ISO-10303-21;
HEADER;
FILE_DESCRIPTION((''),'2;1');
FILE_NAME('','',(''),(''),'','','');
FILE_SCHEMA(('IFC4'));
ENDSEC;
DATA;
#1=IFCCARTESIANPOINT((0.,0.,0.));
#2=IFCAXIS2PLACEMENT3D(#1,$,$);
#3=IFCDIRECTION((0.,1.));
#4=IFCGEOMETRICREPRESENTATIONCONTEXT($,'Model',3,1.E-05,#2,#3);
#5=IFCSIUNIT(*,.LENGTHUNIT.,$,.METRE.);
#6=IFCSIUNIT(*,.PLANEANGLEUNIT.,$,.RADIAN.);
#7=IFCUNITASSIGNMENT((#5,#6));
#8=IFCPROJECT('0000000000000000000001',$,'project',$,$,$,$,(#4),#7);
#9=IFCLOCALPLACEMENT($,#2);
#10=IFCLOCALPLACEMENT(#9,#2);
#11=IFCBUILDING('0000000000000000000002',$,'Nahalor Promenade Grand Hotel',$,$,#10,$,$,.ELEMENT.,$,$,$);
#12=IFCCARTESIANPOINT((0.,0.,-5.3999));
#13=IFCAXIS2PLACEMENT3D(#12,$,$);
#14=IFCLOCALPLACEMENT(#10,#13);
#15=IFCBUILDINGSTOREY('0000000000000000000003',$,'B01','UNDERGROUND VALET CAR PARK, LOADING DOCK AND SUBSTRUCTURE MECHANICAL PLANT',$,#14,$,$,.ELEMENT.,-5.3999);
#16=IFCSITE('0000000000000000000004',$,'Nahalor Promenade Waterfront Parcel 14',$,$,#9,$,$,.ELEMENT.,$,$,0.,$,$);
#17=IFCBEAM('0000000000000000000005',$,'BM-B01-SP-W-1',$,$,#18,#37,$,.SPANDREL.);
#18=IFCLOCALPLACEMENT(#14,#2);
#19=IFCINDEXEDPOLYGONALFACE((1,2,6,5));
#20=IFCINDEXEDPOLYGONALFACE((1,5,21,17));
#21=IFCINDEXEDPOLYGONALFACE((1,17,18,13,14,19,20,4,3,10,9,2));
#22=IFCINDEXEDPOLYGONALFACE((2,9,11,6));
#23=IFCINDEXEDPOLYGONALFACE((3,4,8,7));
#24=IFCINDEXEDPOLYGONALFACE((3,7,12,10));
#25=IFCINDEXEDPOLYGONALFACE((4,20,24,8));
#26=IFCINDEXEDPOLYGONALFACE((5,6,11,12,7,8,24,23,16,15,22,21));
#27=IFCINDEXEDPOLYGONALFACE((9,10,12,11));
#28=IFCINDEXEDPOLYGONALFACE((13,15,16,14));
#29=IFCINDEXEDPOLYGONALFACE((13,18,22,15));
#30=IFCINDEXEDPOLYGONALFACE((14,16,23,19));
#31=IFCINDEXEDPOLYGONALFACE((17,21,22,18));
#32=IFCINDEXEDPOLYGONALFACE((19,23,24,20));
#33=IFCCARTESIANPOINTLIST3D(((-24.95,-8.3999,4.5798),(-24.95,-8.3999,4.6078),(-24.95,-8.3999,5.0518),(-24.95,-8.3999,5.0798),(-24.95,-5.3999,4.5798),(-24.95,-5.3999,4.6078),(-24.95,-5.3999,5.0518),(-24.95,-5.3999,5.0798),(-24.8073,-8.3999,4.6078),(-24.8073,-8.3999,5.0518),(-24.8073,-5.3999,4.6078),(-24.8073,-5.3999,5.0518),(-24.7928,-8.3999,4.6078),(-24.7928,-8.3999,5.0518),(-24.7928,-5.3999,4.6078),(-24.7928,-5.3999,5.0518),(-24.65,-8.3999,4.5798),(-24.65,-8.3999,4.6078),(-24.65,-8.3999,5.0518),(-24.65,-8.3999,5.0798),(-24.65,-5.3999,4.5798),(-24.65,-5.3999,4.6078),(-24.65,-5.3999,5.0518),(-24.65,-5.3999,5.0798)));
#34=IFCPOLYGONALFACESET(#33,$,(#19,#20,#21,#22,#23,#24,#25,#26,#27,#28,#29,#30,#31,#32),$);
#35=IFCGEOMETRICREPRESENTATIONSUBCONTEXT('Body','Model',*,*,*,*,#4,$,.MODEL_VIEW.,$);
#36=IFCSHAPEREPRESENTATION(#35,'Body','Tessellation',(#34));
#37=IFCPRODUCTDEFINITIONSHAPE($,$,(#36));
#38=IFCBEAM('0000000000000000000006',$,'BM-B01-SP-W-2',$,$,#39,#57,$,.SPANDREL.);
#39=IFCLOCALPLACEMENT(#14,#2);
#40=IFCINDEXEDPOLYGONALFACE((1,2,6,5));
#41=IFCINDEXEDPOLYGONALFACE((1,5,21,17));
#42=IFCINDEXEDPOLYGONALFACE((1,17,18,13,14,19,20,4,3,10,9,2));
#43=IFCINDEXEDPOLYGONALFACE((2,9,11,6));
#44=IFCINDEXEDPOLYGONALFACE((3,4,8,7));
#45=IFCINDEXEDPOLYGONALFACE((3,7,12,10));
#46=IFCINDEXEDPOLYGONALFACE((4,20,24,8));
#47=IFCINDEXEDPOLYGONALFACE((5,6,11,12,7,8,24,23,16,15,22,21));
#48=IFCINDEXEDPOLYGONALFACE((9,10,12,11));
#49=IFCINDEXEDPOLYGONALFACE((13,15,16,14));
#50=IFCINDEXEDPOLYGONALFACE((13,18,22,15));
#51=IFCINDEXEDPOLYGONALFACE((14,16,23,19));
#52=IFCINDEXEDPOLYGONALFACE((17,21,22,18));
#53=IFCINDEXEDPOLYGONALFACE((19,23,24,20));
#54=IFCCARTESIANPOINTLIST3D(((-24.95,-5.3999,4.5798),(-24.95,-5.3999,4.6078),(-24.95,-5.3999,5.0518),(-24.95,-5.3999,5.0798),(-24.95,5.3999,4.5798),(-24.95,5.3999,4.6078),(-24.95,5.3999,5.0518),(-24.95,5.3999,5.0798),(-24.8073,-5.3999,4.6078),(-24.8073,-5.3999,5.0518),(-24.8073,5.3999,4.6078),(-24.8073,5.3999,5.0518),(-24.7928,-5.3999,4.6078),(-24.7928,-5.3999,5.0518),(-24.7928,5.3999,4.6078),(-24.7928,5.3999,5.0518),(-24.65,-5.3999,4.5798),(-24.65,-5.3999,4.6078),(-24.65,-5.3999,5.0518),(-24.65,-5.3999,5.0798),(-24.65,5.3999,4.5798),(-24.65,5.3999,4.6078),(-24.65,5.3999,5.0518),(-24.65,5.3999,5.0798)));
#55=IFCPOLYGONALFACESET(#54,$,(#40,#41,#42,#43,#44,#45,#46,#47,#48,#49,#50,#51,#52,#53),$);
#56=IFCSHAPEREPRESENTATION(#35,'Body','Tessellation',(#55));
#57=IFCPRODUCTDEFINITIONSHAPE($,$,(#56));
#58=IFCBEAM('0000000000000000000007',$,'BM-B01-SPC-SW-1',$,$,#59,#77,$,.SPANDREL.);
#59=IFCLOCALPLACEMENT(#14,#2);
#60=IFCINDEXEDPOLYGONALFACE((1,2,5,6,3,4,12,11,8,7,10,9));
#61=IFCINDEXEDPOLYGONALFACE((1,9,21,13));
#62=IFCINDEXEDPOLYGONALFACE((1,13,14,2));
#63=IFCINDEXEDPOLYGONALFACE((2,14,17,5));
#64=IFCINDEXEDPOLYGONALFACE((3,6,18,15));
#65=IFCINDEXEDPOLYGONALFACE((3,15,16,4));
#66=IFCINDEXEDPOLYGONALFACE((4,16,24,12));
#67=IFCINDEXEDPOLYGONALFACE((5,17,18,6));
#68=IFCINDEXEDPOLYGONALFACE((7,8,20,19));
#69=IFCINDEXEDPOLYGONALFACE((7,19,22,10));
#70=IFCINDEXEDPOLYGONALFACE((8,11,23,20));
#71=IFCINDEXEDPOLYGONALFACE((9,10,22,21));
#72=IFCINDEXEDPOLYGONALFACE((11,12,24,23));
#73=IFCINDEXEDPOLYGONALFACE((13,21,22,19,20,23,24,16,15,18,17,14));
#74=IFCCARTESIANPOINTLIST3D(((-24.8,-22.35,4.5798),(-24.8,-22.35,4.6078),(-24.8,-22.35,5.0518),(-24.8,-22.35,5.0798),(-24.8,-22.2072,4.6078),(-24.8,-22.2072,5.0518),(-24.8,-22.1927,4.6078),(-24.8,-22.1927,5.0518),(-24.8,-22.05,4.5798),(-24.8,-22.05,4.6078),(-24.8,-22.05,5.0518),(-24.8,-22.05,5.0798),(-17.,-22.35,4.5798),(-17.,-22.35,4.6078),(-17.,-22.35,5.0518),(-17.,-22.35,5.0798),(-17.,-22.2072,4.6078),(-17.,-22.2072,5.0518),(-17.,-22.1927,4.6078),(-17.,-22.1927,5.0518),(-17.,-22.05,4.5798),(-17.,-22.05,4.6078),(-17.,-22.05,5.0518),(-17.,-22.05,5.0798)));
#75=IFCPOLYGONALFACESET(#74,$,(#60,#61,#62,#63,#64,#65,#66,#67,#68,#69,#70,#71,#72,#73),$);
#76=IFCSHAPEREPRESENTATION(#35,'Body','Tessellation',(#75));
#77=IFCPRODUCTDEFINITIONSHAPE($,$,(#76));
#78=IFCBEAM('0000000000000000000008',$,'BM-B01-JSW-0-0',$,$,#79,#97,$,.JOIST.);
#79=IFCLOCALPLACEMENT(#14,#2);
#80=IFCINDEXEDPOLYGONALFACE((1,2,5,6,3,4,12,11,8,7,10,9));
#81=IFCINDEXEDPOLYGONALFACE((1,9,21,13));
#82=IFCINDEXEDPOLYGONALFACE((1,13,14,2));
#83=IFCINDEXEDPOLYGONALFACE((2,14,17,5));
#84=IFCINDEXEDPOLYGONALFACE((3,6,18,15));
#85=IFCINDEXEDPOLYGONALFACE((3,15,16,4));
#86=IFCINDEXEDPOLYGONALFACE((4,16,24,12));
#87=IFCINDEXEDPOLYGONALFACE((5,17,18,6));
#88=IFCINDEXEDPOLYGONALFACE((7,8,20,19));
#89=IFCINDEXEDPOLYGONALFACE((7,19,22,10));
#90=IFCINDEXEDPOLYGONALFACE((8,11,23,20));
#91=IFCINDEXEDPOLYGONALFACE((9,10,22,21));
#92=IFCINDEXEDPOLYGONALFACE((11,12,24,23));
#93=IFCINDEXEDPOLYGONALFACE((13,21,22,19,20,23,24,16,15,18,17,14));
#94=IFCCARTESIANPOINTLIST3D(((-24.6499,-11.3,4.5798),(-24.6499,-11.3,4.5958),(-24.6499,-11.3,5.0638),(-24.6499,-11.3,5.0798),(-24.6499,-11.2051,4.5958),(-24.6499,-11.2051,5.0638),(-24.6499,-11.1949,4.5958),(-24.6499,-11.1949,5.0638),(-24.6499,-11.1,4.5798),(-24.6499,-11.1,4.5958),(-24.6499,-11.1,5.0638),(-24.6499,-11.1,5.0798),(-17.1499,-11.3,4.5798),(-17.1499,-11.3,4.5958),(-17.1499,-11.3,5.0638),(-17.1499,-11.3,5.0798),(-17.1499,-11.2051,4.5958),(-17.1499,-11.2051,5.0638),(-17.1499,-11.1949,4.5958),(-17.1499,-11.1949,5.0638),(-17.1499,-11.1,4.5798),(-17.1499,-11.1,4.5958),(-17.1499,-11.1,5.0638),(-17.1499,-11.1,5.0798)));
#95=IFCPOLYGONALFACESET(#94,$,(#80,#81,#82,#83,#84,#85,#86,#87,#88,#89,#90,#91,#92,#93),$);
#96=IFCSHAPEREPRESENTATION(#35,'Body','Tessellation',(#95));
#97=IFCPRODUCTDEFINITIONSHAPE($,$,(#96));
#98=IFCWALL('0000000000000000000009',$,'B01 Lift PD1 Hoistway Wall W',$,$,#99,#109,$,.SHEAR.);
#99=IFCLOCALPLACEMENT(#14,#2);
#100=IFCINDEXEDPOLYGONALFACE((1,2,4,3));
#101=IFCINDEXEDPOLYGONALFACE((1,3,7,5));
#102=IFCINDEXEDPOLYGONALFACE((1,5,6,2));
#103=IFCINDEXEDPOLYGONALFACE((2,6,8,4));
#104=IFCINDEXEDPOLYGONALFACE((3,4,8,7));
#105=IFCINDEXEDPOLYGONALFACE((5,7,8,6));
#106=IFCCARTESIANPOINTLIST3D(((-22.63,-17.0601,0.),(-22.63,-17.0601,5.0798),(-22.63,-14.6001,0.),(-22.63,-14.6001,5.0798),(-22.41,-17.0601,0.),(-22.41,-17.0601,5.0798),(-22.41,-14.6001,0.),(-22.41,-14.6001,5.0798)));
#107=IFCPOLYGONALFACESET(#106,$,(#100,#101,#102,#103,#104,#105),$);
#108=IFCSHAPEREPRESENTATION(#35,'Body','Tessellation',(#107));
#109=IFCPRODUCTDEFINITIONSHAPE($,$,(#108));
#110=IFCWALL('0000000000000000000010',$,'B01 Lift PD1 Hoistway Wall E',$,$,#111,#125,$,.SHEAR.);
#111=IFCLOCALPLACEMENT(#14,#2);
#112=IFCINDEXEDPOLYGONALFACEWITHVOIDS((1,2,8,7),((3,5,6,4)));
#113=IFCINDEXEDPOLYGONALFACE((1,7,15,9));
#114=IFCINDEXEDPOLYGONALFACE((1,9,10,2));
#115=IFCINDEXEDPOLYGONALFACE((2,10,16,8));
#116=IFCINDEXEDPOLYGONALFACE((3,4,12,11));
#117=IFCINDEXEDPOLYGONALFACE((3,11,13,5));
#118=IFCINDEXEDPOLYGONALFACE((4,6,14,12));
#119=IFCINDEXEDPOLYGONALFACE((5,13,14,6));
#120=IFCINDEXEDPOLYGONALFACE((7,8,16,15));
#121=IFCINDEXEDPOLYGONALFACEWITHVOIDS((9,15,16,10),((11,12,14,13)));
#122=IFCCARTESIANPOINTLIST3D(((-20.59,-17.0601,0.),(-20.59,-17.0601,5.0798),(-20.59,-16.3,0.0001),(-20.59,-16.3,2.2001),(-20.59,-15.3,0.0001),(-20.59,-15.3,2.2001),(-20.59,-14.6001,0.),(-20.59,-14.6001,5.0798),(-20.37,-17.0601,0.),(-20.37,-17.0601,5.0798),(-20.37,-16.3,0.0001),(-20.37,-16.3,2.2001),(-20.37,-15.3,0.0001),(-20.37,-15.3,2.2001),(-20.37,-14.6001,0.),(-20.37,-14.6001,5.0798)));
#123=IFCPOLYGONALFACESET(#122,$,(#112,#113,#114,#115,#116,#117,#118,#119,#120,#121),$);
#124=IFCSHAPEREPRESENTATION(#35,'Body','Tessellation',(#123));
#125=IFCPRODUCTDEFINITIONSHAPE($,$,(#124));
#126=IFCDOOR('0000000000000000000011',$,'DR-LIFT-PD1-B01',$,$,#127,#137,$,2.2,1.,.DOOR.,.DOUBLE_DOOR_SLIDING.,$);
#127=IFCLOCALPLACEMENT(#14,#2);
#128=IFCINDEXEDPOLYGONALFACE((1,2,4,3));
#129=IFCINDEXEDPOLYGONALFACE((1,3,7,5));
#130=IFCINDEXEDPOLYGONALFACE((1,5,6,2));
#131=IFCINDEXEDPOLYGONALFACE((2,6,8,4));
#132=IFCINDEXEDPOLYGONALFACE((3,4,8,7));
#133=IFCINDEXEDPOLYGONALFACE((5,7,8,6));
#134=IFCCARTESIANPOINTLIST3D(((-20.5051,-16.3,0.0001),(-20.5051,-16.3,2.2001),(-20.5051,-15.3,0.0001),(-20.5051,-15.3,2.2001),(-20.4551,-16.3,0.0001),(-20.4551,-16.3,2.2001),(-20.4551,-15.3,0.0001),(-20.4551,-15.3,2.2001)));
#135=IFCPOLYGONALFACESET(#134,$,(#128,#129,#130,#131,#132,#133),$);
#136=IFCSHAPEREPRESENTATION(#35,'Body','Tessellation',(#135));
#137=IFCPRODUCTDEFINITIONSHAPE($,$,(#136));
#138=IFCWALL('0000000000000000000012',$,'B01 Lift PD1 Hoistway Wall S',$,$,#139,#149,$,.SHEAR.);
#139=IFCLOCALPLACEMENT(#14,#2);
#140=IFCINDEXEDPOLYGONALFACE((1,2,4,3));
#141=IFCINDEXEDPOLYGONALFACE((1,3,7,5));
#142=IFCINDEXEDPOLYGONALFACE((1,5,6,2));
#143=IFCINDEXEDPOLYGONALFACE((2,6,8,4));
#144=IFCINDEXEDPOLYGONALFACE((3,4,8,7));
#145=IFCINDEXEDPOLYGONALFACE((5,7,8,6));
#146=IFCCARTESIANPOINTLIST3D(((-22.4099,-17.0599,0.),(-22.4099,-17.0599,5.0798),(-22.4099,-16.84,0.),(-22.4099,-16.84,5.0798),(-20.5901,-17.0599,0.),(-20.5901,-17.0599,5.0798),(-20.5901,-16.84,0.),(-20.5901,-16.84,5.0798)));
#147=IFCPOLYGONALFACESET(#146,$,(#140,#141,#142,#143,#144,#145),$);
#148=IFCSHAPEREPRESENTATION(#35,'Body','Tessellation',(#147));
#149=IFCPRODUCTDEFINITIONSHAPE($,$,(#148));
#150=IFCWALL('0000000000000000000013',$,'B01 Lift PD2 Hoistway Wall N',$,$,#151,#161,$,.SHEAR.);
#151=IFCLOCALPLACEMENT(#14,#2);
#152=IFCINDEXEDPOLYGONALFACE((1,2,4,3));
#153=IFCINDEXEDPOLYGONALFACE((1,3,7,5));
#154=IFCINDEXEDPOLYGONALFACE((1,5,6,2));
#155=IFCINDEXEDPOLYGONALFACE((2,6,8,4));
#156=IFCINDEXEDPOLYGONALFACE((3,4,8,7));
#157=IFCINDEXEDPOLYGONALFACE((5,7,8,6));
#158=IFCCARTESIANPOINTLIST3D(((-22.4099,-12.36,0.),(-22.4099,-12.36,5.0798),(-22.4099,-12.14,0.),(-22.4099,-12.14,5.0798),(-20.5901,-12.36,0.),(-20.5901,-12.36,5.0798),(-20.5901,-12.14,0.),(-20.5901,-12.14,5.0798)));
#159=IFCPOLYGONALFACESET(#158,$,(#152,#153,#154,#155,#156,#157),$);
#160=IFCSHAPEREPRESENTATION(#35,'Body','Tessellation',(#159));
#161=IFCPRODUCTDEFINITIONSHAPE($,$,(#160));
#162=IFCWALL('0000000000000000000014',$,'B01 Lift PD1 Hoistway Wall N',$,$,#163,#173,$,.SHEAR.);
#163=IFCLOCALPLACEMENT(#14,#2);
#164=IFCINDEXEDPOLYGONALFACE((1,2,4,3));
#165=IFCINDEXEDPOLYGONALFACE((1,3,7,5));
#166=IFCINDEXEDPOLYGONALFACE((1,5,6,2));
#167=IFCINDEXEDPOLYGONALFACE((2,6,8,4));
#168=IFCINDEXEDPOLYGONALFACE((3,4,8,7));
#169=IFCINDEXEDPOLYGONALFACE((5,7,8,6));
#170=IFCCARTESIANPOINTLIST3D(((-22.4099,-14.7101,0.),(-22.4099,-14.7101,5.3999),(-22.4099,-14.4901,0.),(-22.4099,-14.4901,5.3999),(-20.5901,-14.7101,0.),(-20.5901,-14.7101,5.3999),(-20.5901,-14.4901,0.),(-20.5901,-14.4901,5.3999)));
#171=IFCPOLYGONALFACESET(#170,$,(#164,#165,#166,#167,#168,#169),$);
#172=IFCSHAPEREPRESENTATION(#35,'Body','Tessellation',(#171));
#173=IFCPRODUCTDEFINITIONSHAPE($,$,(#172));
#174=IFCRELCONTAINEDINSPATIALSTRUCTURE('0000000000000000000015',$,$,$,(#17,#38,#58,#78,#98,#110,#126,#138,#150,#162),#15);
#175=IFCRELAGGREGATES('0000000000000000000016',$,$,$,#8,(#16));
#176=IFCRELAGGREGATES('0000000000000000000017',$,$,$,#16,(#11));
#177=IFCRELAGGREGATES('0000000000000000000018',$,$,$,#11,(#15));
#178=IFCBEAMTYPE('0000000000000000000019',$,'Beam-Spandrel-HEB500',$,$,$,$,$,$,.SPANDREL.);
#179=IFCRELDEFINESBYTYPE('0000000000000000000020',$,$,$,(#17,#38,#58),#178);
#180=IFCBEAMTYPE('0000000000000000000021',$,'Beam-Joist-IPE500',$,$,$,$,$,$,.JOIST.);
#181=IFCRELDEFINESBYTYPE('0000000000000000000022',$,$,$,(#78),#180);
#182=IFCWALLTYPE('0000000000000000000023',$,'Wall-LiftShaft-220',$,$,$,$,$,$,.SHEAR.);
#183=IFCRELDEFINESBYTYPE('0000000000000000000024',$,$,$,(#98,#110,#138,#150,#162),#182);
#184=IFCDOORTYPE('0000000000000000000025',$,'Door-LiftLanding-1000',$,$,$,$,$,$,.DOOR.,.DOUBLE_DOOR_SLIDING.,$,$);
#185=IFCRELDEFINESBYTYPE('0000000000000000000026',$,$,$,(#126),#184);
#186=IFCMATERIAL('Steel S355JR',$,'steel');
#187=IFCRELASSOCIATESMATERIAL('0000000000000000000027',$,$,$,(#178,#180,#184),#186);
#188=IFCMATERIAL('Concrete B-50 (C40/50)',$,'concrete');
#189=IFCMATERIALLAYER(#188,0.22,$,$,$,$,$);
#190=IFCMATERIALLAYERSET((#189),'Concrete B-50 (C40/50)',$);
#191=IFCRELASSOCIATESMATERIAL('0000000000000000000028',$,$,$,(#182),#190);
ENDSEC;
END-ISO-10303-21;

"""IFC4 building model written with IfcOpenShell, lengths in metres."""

from ifc_helpers import new_model, si_unit, direction, frame, frame_2d, origin, origin_2d, place, context, subcontext, project, spatial, rectangle, i_section, extrude, source, transform, mapped, material, layer, layer_set, material_profile, profile_set, type_object, element, fill, save


model = new_model("IFC4")

# Units and contexts
model_context = context("Model", 3, precision=1e-05, world=origin(), true_north=direction((0.0, 1.0)))
body_context = subcontext(model_context, "Body", "Model", "MODEL_VIEW")
ifc_project = project(units=[si_unit("LENGTHUNIT", "METRE"), si_unit("PLANEANGLEUNIT", "RADIAN")], contexts=[model_context])

# Site, building, storey
site_placement = place(None, origin())
site = spatial("IfcSite", under=ifc_project, at=site_placement, Name="Nahalor Promenade Waterfront Parcel 14", CompositionType="ELEMENT", RefElevation=0.0)
building_placement = place(site_placement, origin())
building = spatial("IfcBuilding", under=site, at=building_placement, Name="Nahalor Promenade Grand Hotel", CompositionType="ELEMENT")
storey_placement = place(building_placement, frame((0.0, 0.0, -5.3999)))
storey = spatial("IfcBuildingStorey", under=building, at=storey_placement, Name="B01", Description="UNDERGROUND VALET CAR PARK, LOADING DOCK AND SUBSTRUCTURE MECHANICAL PLANT", CompositionType="ELEMENT", Elevation=-5.3999)

# Beams
ifc_material_1 = material(Name="Steel S355JR", Category="steel")
ifc_material_profile_1 = material_profile(ifc_material_1, i_section(OverallWidth=0.3, OverallDepth=0.5, WebThickness=0.0145, FlangeThickness=0.028, at=origin_2d()), Name="HEB 500")
ifc_profile_set_1 = profile_set([ifc_material_profile_1], Name="Steel S355JR")
beam_type_1 = type_object("IfcBeamType", Name="Beam-Spandrel-HEB500", PredefinedType="SPANDREL", material=ifc_profile_set_1)
shared_shape_1 = source(origin(), body_context, "Body", "SweptSolid", [
    extrude(i_section(OverallWidth=0.3, OverallDepth=0.5, WebThickness=0.0145, FlangeThickness=0.028, at=origin_2d()), origin(), (0.0, 0.0, 1.0), 3.0),
])
beam_1_placement = place(storey_placement, frame((-24.8, -8.3999, 4.8298), z_axis=(0.0, 1.0, 0.0), x_axis=(-1.0, 0.0, 0.0)))
element("IfcBeam", 1, at=beam_1_placement, inside=storey, type_object=beam_type_1, Name="BM-B01-SP-W-1", PredefinedType="SPANDREL", context=body_context, shape_type="MappedRepresentation", body=[
    mapped(shared_shape_1, transform((0.0, 0.0, 0.0), scale=1.0)),
])
shared_shape_2 = source(origin(), body_context, "Body", "SweptSolid", [
    extrude(i_section(OverallWidth=0.3, OverallDepth=0.5, WebThickness=0.0145, FlangeThickness=0.028, at=origin_2d()), origin(), (0.0, 0.0, 1.0), 10.7998),
])
beam_2_placement = place(storey_placement, frame((-24.8, -5.3999, 4.8298), z_axis=(0.0, 1.0, 0.0), x_axis=(-1.0, 0.0, 0.0)))
element("IfcBeam", 2, at=beam_2_placement, inside=storey, type_object=beam_type_1, Name="BM-B01-SP-W-2", PredefinedType="SPANDREL", context=body_context, shape_type="MappedRepresentation", body=[
    mapped(shared_shape_2, transform((0.0, 0.0, 0.0), scale=1.0)),
])
shared_shape_3 = source(origin(), body_context, "Body", "SweptSolid", [
    extrude(i_section(OverallWidth=0.3, OverallDepth=0.5, WebThickness=0.0145, FlangeThickness=0.028, at=origin_2d()), origin(), (0.0, 0.0, 1.0), 7.8),
])
beam_3_placement = place(storey_placement, frame((-17.0, -22.2, 4.8298), z_axis=(-1.0, 0.0, 0.0), x_axis=(0.0, -1.0, 0.0)))
element("IfcBeam", 3, at=beam_3_placement, inside=storey, type_object=beam_type_1, Name="BM-B01-SPC-SW-1", PredefinedType="SPANDREL", context=body_context, shape_type="MappedRepresentation", body=[
    mapped(shared_shape_3, transform((0.0, 0.0, 0.0), scale=1.0)),
])
ifc_material_profile_2 = material_profile(ifc_material_1, i_section(OverallWidth=0.2, OverallDepth=0.5, WebThickness=0.0102, FlangeThickness=0.016, at=origin_2d()), Name="IPE 500")
ifc_profile_set_2 = profile_set([ifc_material_profile_2], Name="Steel S355JR")
beam_type_2 = type_object("IfcBeamType", Name="Beam-Joist-IPE500", PredefinedType="JOIST", material=ifc_profile_set_2)
shared_shape_4 = source(origin(), body_context, "Body", "SweptSolid", [
    extrude(i_section(OverallWidth=0.2, OverallDepth=0.5, WebThickness=0.0102, FlangeThickness=0.016, at=origin_2d()), origin(), (0.0, 0.0, 1.0), 7.5),
])
beam_4_placement = place(storey_placement, frame((-24.6499, -11.2, 4.8298), z_axis=(1.0, 0.0, 0.0), x_axis=(0.0, 1.0, 0.0)))
element("IfcBeam", 4, at=beam_4_placement, inside=storey, type_object=beam_type_2, Name="BM-B01-JSW-0-0", PredefinedType="JOIST", context=body_context, shape_type="MappedRepresentation", body=[
    mapped(shared_shape_4, transform((0.0, 0.0, 0.0), scale=1.0)),
])

# Wall
ifc_material_2 = material(Name="Concrete B-50 (C40/50)", Category="concrete")
ifc_layer = layer(ifc_material_2, 0.22)
ifc_layer_set = layer_set([ifc_layer], Name="Concrete B-50 (C40/50)")
wall_type = type_object("IfcWallType", Name="Wall-LiftShaft-220", PredefinedType="SHEAR", material=ifc_layer_set)
shared_shape_5 = source(origin(), body_context, "Body", "SweptSolid", [
    extrude(rectangle(XDim=2.46, YDim=0.22, at=frame_2d((1.23, 0.0))), origin(), (0.0, 0.0, 1.0), 5.0798),
])
wall_1_placement = place(storey_placement, frame((-22.52, -17.0601, 0.0), z_axis=(0.0, 0.0, 1.0), x_axis=(0.0, 1.0, 0.0)))
element("IfcWall", 5, at=wall_1_placement, inside=storey, type_object=wall_type, Name="B01 Lift PD1 Hoistway Wall W", PredefinedType="SHEAR", context=body_context, shape_type="MappedRepresentation", body=[
    mapped(shared_shape_5, transform((0.0, 0.0, 0.0), scale=1.0)),
])

# Wall, opening, door
wall_2_placement = place(storey_placement, frame((-20.48, -17.0601, 0.0), z_axis=(0.0, 0.0, 1.0), x_axis=(0.0, 1.0, 0.0)))
wall_2 = element("IfcWall", 6, at=wall_2_placement, inside=storey, type_object=wall_type, Name="B01 Lift PD1 Hoistway Wall E", PredefinedType="SHEAR", context=body_context, shape_type="MappedRepresentation", body=[
    mapped(shared_shape_5, transform((0.0, 0.0, 0.0), scale=1.0)),
])
opening_1_placement = place(wall_2_placement, frame((0.76, 0.0, 0.0)))
opening_1 = element("IfcOpeningElement", 7, at=opening_1_placement, cuts=wall_2, PredefinedType="OPENING", context=body_context, shape_type="SweptSolid", body=[
    extrude(rectangle(XDim=1.0, YDim=2.2, at=frame_2d((0.5, 1.1001))), frame((0.0, 0.1199, 0.0), z_axis=(0.0, -1.0, 0.0), x_axis=(1.0, 0.0, 0.0)), (0.0, 0.0, 1.0), 0.24),
])
door_type = type_object("IfcDoorType", Name="Door-LiftLanding-1000", OperationType="DOUBLE_DOOR_SLIDING", PredefinedType="DOOR", material=ifc_material_1)
shared_shape_6 = source(origin(), body_context, "Body", "SweptSolid", [
    extrude(rectangle(XDim=1.0, YDim=2.2, at=frame_2d((0.5, 1.1001))), frame((0.0, 0.0249, 0.0), z_axis=(0.0, -1.0, 0.0), x_axis=(1.0, 0.0, 0.0)), (0.0, 0.0, 1.0), 0.05),
])
door_1_placement = place(opening_1_placement, frame((1.0, 0.0, 0.0), z_axis=(0.0, 0.0, 1.0), x_axis=(-1.0, 0.0, 0.0)))
door_1 = element("IfcDoor", 8, at=door_1_placement, inside=storey, type_object=door_type, Name="DR-LIFT-PD1-B01", OperationType="DOUBLE_DOOR_SLIDING", OverallHeight=2.2, OverallWidth=1.0, PredefinedType="DOOR", context=body_context, shape_type="MappedRepresentation", body=[
    mapped(shared_shape_6, transform((0.0, 0.0, 0.0), scale=1.0)),
])
fill(opening_1, door_1)

# Walls
shared_shape_7 = source(origin(), body_context, "Body", "SweptSolid", [
    extrude(rectangle(XDim=1.8198, YDim=0.22, at=frame_2d((0.9099, 0.0))), origin(), (0.0, 0.0, 1.0), 5.0798),
])
for number, where, z_axis, x_axis, name in (
    (9, (-22.4099, -16.95, 0.0), (0.0, 0.0, 1.0), (1.0, 0.0, 0.0), "B01 Lift PD1 Hoistway Wall S"),
    (10, (-22.4099, -12.25, 0.0), (0.0, 0.0, 1.0), (1.0, 0.0, 0.0), "B01 Lift PD2 Hoistway Wall N"),
):
    element("IfcWall", number, at=place(storey_placement, frame(where, z_axis=z_axis, x_axis=x_axis)), inside=storey, type_object=wall_type, Name=name, PredefinedType="SHEAR", context=body_context, shape_type="MappedRepresentation", body=[
        mapped(shared_shape_7, transform((0.0, 0.0, 0.0), scale=1.0)),
    ])
shared_shape_8 = source(origin(), body_context, "Body", "SweptSolid", [
    extrude(rectangle(XDim=1.8198, YDim=0.22, at=frame_2d((0.9099, 0.0))), origin(), (0.0, 0.0, 1.0), 5.3999),
])
wall_3_placement = place(storey_placement, frame((-22.4099, -14.6001, 0.0), z_axis=(0.0, 0.0, 1.0), x_axis=(1.0, 0.0, 0.0)))
element("IfcWall", 11, at=wall_3_placement, inside=storey, type_object=wall_type, Name="B01 Lift PD1 Hoistway Wall N", PredefinedType="SHEAR", context=body_context, shape_type="MappedRepresentation", body=[
    mapped(shared_shape_8, transform((0.0, 0.0, 0.0), scale=1.0)),
])

save(model, "model.ifc")
